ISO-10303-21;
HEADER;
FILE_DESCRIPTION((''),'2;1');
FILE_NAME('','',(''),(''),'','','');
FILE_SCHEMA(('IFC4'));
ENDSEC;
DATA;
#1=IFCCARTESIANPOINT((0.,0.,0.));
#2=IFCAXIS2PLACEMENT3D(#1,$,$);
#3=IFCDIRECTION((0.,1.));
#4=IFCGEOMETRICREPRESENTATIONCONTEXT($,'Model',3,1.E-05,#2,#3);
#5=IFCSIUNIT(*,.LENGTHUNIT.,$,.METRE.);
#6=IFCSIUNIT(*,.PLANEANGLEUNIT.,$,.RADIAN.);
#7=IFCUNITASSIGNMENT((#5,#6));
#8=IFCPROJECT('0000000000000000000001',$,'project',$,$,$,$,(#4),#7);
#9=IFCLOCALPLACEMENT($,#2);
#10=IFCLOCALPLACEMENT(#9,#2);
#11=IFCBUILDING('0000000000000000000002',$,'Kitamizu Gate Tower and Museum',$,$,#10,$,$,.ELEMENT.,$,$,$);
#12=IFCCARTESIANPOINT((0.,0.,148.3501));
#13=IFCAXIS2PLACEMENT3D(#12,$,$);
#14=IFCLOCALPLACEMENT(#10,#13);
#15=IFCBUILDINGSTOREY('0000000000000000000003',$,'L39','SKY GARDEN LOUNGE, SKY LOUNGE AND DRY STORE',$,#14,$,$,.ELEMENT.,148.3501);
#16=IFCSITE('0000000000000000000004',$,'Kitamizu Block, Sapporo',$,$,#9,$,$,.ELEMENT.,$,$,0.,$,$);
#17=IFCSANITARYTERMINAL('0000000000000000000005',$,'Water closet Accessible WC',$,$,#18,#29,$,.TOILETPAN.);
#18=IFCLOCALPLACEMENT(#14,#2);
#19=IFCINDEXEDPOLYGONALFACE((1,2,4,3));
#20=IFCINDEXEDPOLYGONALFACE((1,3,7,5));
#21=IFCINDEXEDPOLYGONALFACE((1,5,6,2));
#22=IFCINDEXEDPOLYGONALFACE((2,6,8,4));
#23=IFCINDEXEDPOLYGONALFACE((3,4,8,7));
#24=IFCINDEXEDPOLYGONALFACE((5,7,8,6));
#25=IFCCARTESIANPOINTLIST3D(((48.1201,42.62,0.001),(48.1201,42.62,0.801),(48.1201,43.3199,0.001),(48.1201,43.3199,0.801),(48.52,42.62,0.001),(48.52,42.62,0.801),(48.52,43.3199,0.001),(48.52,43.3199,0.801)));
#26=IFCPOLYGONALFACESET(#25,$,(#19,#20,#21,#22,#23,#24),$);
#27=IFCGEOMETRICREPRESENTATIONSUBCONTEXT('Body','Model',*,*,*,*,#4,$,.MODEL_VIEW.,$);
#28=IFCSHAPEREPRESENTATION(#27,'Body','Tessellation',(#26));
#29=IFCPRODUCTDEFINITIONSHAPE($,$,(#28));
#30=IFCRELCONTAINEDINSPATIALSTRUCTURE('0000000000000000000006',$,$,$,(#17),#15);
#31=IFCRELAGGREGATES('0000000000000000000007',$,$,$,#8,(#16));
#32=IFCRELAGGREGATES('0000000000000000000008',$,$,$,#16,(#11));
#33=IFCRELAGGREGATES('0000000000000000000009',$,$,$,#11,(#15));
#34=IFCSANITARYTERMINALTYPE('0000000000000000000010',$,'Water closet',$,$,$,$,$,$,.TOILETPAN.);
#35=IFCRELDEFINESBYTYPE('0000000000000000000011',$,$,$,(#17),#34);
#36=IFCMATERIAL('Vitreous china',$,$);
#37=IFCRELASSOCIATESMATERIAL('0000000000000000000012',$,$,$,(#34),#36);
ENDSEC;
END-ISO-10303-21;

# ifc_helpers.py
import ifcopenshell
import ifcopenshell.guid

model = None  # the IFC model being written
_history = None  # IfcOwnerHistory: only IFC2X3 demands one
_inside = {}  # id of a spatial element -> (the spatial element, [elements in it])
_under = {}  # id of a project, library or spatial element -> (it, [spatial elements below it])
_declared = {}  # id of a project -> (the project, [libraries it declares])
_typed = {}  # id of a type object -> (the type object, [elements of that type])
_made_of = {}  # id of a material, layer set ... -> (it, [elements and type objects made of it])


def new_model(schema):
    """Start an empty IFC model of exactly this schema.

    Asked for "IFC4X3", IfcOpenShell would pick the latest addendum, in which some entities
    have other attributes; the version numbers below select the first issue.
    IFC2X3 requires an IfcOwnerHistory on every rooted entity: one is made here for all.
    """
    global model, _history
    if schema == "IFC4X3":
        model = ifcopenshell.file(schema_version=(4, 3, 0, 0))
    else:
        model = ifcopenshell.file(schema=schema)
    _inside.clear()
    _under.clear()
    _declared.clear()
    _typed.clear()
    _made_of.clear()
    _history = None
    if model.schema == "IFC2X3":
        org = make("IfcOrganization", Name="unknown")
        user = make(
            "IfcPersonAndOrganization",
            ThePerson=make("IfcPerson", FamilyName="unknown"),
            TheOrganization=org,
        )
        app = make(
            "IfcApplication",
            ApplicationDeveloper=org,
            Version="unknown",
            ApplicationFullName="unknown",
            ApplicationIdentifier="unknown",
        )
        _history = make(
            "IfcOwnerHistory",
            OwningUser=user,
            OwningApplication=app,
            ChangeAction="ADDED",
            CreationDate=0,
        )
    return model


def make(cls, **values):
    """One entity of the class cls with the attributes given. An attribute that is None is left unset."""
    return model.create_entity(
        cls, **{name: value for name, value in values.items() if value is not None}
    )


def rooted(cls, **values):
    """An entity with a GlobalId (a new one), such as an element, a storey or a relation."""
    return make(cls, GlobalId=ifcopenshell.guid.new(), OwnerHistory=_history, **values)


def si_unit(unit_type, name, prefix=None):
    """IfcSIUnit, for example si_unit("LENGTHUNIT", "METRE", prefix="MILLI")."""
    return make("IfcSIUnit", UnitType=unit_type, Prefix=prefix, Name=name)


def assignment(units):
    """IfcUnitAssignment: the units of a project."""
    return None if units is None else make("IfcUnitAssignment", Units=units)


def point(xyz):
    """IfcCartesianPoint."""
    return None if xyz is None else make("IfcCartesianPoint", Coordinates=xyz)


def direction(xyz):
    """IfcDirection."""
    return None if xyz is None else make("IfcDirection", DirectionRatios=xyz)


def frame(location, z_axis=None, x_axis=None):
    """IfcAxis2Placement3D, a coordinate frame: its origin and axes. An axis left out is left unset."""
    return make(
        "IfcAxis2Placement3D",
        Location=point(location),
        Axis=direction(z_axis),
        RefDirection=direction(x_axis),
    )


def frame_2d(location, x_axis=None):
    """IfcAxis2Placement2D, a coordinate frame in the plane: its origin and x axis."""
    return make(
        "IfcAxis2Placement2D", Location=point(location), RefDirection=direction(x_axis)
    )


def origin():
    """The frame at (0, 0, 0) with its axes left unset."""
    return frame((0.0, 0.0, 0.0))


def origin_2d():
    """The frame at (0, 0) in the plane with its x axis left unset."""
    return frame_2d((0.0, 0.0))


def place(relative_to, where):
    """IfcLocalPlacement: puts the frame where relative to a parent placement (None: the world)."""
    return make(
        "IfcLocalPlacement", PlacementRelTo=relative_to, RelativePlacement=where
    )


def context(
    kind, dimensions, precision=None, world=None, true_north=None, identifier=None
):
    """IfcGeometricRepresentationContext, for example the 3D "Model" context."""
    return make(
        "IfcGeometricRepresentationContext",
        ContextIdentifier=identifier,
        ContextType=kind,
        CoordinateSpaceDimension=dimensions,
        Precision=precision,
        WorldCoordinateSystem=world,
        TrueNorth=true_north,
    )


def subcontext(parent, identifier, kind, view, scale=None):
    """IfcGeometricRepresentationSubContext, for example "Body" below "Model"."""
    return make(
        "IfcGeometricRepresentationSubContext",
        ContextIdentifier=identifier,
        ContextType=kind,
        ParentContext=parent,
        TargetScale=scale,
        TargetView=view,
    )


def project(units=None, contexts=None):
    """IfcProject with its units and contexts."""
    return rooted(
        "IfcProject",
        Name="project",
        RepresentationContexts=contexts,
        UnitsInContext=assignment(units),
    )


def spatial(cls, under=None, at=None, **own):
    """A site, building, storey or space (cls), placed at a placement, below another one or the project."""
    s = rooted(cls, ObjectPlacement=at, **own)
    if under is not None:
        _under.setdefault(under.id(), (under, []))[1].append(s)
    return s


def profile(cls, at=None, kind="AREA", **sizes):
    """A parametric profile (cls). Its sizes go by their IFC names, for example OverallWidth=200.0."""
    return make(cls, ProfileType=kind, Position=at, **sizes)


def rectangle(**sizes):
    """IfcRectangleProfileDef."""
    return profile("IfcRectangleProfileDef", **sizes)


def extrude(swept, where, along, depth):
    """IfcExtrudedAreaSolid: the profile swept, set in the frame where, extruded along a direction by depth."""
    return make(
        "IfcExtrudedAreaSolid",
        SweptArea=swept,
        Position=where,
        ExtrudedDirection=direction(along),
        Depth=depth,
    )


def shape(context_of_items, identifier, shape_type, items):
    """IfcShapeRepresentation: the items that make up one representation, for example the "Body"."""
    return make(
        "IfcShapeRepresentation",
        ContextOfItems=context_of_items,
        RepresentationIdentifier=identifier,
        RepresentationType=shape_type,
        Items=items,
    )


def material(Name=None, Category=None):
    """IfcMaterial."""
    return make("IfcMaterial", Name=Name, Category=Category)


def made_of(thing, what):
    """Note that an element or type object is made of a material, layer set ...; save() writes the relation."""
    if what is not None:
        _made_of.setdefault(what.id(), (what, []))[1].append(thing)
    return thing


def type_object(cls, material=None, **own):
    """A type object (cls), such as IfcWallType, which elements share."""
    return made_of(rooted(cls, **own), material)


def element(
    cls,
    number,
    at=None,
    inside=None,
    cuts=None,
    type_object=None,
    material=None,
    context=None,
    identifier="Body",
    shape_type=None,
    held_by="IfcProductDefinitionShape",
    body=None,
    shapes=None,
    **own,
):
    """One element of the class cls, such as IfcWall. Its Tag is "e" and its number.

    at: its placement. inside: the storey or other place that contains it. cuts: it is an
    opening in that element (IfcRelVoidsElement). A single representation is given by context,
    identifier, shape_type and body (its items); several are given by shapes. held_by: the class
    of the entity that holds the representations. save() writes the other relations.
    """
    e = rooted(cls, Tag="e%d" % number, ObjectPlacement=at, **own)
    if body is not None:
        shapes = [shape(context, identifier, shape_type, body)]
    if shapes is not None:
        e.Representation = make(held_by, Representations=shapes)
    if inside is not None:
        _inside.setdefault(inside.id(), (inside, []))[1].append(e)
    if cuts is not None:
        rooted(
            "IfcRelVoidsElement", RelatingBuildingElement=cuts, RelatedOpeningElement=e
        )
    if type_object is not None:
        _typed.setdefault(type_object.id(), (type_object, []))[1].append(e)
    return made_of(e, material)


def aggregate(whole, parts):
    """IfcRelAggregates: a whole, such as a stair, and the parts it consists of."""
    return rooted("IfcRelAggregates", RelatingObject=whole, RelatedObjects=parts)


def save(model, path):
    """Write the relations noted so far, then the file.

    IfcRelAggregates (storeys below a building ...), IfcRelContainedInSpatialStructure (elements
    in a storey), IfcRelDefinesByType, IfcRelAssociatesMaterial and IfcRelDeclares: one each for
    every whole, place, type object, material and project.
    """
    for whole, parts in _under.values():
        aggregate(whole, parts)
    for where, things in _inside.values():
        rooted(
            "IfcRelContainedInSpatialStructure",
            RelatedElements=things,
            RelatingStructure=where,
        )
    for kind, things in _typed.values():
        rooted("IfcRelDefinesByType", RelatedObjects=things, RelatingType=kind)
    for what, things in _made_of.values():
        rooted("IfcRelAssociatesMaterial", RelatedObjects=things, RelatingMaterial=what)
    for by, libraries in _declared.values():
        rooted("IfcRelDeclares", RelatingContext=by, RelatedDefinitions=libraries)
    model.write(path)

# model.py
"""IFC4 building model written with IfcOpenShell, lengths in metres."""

from ifc_helpers import new_model, si_unit, direction, frame, origin, origin_2d, place, context, subcontext, project, spatial, rectangle, extrude, material, type_object, element, save


model = new_model("IFC4")

# Units and contexts
model_context = context("Model", 3, precision=1e-05, world=origin(), true_north=direction((0.0, 1.0)))
body_context = subcontext(model_context, "Body", "Model", "MODEL_VIEW")
ifc_project = project(units=[si_unit("LENGTHUNIT", "METRE"), si_unit("PLANEANGLEUNIT", "RADIAN")], contexts=[model_context])

# Site, building, storey
site_placement = place(None, origin())
site = spatial("IfcSite", under=ifc_project, at=site_placement, Name="Kitamizu Block, Sapporo", CompositionType="ELEMENT", RefElevation=0.0)
building_placement = place(site_placement, origin())
building = spatial("IfcBuilding", under=site, at=building_placement, Name="Kitamizu Gate Tower and Museum", CompositionType="ELEMENT")
storey_placement = place(building_placement, frame((0.0, 0.0, 148.3501)))
storey = spatial("IfcBuildingStorey", under=building, at=storey_placement, Name="L39", Description="SKY GARDEN LOUNGE, SKY LOUNGE AND DRY STORE", CompositionType="ELEMENT", Elevation=148.3501)

# Sanitary terminal
ifc_material_1 = material(Name="Vitreous china")
sanitary_terminal_type_1 = type_object("IfcSanitaryTerminalType", Name="Water closet", PredefinedType="TOILETPAN", material=ifc_material_1)
sanitary_terminal_1_placement = place(storey_placement, frame((48.3201, 42.97, 0.001), z_axis=(0.0, 0.0, 1.0), x_axis=(1.0, 0.0, 0.0)))
element("IfcSanitaryTerminal", 1, at=sanitary_terminal_1_placement, inside=storey, type_object=sanitary_terminal_type_1, Name="Water closet Accessible WC", PredefinedType="TOILETPAN", context=body_context, shape_type="SweptSolid", body=[
    extrude(rectangle(XDim=0.3999, YDim=0.7, at=origin_2d()), origin(), (0.0, 0.0, 1.0), 0.8),
])

save(model, "model.ifc")
